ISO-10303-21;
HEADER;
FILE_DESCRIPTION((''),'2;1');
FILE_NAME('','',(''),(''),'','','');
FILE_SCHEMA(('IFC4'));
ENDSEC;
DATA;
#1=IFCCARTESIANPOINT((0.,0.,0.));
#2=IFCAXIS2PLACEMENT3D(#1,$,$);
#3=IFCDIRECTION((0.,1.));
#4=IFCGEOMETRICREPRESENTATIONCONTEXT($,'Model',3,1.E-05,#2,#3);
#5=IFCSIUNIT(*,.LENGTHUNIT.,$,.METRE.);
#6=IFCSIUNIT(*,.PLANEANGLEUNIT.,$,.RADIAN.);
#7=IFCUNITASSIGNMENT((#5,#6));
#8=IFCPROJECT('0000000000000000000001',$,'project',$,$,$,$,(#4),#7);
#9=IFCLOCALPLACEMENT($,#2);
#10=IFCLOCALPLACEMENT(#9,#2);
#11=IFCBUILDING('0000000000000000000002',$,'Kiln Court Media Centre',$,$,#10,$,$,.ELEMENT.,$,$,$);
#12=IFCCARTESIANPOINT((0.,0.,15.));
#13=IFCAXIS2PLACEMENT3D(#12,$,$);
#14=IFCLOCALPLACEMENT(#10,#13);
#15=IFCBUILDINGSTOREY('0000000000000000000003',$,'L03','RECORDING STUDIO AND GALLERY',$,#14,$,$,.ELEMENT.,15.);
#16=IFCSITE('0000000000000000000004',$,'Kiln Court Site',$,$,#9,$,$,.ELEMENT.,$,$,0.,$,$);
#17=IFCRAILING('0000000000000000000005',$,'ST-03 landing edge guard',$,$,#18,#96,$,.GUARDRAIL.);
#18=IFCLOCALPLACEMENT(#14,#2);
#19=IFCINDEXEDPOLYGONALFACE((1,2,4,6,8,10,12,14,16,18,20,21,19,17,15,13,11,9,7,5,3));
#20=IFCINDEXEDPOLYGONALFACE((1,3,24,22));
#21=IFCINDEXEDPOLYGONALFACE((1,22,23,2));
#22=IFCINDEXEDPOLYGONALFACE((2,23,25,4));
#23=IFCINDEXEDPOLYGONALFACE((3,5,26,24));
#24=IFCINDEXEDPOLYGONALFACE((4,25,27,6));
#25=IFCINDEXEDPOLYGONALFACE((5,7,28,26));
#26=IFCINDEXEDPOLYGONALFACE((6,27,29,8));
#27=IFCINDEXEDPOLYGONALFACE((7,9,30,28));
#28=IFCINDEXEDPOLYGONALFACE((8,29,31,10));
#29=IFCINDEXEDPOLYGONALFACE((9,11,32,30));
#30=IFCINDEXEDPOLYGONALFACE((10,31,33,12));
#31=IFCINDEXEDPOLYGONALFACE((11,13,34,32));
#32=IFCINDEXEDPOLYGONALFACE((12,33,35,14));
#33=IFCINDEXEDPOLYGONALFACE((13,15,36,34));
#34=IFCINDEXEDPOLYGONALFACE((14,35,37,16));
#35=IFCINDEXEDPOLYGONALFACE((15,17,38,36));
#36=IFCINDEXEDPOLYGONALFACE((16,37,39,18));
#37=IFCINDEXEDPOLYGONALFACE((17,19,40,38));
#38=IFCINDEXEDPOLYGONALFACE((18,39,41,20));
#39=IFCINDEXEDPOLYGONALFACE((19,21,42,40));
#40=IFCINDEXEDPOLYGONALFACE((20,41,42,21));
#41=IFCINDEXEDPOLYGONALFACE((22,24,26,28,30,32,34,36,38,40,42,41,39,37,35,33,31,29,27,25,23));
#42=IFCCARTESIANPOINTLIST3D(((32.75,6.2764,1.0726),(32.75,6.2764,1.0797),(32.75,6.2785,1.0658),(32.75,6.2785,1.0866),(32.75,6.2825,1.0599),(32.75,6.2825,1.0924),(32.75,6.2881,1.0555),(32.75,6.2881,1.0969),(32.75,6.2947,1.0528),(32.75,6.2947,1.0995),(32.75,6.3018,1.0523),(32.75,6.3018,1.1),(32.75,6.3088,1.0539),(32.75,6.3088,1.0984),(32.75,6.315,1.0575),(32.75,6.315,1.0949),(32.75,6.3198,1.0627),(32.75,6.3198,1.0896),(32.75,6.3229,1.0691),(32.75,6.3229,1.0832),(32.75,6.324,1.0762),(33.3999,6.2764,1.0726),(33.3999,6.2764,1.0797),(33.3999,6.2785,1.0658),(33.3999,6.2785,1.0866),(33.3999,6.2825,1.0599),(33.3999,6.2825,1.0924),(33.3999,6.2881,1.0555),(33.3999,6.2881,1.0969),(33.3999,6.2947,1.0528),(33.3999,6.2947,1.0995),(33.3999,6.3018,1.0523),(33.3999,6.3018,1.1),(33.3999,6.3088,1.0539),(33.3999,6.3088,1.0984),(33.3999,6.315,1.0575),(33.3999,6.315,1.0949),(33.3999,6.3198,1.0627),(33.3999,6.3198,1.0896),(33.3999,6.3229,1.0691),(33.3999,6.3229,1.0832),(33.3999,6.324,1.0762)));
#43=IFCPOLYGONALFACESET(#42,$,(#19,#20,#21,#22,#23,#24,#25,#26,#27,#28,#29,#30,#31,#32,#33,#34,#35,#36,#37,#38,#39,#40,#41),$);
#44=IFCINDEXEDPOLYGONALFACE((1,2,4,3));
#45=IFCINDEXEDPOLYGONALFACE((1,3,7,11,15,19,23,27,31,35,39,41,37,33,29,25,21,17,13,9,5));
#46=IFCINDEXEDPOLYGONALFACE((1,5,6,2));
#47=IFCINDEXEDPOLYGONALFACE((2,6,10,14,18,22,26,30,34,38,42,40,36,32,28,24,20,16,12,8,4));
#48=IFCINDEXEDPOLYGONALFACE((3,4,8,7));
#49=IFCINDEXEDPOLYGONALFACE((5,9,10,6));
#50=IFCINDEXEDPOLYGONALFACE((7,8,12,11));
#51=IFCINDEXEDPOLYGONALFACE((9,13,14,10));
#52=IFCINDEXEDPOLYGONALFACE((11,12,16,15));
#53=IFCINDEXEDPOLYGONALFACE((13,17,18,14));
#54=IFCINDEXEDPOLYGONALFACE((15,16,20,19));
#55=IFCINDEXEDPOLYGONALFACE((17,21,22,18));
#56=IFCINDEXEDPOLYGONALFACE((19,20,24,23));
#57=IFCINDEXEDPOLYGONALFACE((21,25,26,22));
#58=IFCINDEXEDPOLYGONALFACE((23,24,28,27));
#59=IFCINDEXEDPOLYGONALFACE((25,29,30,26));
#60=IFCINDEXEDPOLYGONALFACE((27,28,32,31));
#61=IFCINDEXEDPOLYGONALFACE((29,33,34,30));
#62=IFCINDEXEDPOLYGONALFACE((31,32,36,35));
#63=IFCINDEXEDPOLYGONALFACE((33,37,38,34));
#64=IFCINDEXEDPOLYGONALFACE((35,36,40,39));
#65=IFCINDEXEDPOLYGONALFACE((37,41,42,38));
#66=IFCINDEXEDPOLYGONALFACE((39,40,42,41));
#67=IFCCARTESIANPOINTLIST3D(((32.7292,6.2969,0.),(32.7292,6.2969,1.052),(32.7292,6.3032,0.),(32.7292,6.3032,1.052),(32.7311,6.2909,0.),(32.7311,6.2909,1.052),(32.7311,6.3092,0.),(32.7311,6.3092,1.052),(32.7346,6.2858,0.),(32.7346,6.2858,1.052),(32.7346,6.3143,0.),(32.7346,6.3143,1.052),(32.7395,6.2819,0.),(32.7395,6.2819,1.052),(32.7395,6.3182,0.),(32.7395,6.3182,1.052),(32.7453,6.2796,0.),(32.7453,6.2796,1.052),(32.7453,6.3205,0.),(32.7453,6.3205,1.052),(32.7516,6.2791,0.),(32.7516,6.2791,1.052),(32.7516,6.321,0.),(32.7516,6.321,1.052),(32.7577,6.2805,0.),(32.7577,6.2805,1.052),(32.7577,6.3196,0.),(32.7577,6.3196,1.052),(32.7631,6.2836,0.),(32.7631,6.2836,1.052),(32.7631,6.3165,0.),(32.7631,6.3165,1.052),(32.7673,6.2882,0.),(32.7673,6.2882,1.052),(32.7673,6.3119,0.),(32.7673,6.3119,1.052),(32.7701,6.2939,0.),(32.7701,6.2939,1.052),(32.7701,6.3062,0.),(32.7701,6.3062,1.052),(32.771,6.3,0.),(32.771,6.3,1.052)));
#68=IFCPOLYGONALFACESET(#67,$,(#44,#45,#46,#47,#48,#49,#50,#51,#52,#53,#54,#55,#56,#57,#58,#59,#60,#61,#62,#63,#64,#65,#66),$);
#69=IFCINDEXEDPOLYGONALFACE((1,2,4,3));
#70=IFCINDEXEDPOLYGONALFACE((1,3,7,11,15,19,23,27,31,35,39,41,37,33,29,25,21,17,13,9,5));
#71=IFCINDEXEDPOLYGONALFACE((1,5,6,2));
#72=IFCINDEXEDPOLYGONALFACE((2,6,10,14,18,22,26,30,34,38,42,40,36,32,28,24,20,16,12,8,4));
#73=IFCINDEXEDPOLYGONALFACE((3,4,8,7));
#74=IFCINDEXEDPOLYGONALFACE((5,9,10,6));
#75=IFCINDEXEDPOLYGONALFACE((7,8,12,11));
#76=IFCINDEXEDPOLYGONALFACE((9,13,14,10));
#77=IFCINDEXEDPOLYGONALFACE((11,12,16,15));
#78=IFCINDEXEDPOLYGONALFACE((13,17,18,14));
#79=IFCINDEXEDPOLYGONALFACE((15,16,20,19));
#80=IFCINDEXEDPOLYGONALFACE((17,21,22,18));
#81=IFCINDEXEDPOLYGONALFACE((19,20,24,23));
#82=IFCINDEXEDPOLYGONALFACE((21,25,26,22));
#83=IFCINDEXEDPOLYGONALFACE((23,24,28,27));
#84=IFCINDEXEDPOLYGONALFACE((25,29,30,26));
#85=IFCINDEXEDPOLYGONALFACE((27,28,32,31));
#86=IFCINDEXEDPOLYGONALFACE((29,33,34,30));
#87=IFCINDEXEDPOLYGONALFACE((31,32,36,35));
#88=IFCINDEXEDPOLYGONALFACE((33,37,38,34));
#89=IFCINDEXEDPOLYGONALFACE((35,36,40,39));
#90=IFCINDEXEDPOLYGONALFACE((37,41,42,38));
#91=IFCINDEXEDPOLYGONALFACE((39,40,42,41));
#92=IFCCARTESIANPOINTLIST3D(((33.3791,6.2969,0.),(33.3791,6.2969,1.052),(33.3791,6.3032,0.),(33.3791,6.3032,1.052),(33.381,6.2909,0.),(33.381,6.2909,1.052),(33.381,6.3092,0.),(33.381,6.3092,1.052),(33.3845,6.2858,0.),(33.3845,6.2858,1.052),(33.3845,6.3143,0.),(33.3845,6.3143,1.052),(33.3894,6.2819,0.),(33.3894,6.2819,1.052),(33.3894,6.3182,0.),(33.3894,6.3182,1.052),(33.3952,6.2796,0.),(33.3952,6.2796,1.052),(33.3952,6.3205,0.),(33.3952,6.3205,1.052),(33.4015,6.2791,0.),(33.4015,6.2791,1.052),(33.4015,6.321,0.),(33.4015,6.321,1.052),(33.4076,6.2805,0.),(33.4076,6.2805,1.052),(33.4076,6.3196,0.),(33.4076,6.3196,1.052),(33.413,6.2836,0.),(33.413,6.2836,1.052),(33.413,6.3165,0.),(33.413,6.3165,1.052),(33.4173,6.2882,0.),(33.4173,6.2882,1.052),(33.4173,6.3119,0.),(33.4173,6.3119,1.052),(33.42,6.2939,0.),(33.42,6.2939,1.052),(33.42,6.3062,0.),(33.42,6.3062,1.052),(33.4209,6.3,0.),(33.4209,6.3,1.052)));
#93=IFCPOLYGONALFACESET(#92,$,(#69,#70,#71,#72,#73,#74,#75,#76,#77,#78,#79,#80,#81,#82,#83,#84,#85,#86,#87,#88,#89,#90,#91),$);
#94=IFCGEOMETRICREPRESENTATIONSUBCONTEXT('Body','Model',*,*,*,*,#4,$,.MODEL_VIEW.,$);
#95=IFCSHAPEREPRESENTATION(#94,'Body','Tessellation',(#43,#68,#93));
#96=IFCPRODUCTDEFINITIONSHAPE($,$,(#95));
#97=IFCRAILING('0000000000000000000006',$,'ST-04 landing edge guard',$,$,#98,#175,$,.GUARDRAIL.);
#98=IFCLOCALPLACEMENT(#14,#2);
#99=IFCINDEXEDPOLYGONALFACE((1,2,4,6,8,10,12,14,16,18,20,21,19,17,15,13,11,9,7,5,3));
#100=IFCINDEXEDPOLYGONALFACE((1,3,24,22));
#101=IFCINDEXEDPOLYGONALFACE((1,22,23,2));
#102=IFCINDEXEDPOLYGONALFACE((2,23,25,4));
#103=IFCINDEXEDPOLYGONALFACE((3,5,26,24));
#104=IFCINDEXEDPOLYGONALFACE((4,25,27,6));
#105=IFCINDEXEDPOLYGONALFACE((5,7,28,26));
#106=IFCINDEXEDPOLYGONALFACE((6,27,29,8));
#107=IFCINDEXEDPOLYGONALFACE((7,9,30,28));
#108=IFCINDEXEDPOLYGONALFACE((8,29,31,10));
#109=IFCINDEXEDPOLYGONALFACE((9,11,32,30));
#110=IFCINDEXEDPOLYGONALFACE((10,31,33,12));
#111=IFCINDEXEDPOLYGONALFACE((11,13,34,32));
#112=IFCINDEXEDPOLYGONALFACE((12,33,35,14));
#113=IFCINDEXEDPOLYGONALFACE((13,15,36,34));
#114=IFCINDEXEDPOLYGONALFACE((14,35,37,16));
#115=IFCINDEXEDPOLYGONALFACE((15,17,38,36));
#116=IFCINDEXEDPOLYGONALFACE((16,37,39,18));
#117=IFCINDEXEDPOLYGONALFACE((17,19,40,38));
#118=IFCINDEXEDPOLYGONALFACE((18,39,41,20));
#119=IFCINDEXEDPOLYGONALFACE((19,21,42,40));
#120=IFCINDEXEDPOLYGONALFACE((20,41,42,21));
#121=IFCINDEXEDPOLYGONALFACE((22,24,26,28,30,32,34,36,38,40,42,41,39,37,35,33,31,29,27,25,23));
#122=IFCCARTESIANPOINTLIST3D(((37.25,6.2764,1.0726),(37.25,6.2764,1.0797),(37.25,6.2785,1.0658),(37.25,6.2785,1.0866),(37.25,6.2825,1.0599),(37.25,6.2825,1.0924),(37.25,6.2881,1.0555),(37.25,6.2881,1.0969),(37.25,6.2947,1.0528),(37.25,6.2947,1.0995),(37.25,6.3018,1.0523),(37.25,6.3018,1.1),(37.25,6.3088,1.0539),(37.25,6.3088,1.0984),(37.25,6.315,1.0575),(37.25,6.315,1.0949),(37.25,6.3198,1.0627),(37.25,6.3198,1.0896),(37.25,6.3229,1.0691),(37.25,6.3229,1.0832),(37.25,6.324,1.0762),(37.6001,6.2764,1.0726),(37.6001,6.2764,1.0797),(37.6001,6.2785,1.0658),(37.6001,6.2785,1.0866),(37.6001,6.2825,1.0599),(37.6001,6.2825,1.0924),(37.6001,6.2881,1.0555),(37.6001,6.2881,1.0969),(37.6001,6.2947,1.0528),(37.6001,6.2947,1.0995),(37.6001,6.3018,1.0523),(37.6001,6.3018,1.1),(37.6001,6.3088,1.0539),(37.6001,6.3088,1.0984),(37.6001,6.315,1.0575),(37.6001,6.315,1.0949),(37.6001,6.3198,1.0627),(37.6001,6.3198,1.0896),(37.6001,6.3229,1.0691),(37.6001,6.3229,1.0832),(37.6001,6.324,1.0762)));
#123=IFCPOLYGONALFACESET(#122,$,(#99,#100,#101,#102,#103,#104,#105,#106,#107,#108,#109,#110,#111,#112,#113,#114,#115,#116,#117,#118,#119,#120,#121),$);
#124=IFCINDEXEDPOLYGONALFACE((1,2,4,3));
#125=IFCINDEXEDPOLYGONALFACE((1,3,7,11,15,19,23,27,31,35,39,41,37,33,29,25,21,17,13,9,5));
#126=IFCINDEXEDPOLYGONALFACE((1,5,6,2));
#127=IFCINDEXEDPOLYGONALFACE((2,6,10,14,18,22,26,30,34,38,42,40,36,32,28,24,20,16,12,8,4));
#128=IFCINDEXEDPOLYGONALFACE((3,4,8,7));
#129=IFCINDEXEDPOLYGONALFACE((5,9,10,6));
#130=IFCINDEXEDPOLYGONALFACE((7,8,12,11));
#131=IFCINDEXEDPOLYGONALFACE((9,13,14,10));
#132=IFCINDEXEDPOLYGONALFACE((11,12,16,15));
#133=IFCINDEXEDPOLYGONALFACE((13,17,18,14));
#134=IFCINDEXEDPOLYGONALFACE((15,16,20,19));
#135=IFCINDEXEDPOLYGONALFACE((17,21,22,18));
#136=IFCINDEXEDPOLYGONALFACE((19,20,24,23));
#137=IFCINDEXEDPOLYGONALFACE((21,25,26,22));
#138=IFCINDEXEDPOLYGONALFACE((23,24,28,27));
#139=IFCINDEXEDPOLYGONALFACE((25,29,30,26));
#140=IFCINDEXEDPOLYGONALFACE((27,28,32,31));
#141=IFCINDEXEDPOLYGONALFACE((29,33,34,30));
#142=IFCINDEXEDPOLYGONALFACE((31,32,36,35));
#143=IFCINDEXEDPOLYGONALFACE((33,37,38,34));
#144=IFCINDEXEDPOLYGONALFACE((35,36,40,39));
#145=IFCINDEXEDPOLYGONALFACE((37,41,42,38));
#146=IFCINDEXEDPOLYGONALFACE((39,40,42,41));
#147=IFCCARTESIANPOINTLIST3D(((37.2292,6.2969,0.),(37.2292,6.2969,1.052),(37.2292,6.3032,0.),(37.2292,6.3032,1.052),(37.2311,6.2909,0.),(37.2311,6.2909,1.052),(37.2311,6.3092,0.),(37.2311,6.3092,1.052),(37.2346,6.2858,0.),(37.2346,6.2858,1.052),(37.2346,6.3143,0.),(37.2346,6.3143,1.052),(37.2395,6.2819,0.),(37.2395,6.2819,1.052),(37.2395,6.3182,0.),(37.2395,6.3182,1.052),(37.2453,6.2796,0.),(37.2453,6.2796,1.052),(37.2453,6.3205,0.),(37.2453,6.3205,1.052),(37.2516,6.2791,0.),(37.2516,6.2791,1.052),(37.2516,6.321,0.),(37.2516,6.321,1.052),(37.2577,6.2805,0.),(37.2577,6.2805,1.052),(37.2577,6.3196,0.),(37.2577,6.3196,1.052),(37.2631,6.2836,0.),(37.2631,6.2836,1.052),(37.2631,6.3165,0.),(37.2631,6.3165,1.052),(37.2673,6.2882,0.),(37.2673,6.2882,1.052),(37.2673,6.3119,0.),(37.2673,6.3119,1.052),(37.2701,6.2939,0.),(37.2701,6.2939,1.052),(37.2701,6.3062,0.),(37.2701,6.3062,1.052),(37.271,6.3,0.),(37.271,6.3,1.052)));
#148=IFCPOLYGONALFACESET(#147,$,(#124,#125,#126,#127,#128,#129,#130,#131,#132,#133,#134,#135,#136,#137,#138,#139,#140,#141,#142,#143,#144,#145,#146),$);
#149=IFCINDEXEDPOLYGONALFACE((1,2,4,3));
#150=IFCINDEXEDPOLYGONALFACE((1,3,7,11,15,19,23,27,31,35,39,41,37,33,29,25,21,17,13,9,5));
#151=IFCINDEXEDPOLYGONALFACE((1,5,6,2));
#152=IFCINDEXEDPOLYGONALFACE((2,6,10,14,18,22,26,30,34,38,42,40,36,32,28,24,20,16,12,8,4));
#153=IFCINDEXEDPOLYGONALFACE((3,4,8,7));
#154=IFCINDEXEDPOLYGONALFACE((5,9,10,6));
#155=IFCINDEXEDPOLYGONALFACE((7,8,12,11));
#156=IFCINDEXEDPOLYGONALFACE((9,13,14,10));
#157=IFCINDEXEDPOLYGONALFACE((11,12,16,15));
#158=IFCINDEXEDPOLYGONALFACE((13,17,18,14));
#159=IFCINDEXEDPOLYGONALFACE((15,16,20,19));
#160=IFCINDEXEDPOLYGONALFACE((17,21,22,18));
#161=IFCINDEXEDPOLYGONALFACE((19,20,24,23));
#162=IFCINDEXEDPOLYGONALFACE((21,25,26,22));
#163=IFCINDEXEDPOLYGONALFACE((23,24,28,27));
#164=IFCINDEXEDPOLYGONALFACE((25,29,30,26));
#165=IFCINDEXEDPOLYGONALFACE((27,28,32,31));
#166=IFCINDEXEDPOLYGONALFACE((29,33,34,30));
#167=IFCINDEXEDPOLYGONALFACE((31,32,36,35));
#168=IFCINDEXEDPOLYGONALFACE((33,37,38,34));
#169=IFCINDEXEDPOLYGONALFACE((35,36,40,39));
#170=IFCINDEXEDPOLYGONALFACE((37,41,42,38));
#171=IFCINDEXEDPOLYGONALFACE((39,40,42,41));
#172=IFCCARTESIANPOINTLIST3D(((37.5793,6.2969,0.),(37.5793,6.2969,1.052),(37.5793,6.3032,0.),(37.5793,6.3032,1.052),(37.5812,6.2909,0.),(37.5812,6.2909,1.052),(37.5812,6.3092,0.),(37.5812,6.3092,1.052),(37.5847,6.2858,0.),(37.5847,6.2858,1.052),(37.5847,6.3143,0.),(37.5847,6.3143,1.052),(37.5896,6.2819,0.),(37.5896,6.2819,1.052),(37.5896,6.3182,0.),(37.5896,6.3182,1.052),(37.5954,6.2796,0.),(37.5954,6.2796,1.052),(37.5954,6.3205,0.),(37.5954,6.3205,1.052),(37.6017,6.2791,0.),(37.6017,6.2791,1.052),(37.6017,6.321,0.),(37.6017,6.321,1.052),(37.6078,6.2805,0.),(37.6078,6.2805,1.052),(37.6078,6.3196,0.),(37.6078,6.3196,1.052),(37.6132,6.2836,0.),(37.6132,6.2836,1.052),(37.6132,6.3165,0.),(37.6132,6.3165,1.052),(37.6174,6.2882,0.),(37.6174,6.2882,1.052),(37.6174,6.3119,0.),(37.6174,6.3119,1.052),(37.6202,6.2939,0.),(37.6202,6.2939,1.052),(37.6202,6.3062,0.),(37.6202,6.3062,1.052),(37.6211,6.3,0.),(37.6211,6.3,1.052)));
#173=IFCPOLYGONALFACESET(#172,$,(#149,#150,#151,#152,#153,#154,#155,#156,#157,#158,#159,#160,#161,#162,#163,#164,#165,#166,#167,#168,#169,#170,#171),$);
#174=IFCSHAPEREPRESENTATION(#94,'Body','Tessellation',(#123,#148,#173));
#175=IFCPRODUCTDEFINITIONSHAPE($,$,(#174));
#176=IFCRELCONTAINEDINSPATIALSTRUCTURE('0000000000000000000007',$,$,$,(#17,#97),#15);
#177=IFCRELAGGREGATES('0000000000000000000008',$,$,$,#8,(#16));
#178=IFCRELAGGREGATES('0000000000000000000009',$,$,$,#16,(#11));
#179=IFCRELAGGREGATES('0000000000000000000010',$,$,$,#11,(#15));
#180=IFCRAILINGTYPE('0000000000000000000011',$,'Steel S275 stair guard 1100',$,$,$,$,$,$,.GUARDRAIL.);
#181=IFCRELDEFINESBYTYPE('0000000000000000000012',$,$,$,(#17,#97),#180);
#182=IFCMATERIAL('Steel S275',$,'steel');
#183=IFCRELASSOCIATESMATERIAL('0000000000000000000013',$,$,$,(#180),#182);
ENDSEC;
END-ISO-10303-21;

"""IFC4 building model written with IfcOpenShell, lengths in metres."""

from ifc_helpers import new_model, si_unit, direction, frame, origin, origin_2d, place, context, subcontext, project, spatial, circle, extrude, material, type_object, element, save


model = new_model("IFC4")

# Units and contexts
model_context = context("Model", 3, precision=1e-05, world=origin(), true_north=direction((0.0, 1.0)))
body_context = subcontext(model_context, "Body", "Model", "MODEL_VIEW")
ifc_project = project(units=[si_unit("LENGTHUNIT", "METRE"), si_unit("PLANEANGLEUNIT", "RADIAN")], contexts=[model_context])

# Site, building, storey
site_placement = place(None, origin())
site = spatial("IfcSite", under=ifc_project, at=site_placement, Name="Kiln Court Site", CompositionType="ELEMENT", RefElevation=0.0)
building_placement = place(site_placement, origin())
building = spatial("IfcBuilding", under=site, at=building_placement, Name="Kiln Court Media Centre", CompositionType="ELEMENT")
storey_placement = place(building_placement, frame((0.0, 0.0, 15.0)))
storey = spatial("IfcBuildingStorey", under=building, at=storey_placement, Name="L03", Description="RECORDING STUDIO AND GALLERY", CompositionType="ELEMENT", Elevation=15.0)

# Railings
ifc_material_1 = material(Name="Steel S275", Category="steel")
railing_type_1 = type_object("IfcRailingType", Name="Steel S275 stair guard 1100", PredefinedType="GUARDRAIL", material=ifc_material_1)
for number, where, name in (
    (1, (32.75, 6.3, 0.0), "ST-03 landing edge guard"),
):
    element("IfcRailing", number, at=place(storey_placement, frame(where)), inside=storey, type_object=railing_type_1, Name=name, PredefinedType="GUARDRAIL", context=body_context, shape_type="SweptSolid", body=[
        extrude(circle(Radius=0.0239, at=origin_2d()), frame((0.0, 0.0, 1.0762), z_axis=(1.0, 0.0, 0.0), x_axis=(0.0, 1.0, 0.0)), (0.0, 0.0, 1.0), 0.6499),
        extrude(circle(Radius=0.021, at=origin_2d()), origin(), (0.0, 0.0, 1.0), 1.052),
        extrude(circle(Radius=0.021, at=origin_2d()), frame((0.6499, 0.0, 0.0)), (0.0, 0.0, 1.0), 1.052),
    ])
railing_1_placement = place(storey_placement, frame((37.25, 6.3, 0.0)))
element("IfcRailing", 2, at=railing_1_placement, inside=storey, type_object=railing_type_1, Name="ST-04 landing edge guard", PredefinedType="GUARDRAIL", context=body_context, shape_type="SweptSolid", body=[
    extrude(circle(Radius=0.0239, at=origin_2d()), frame((0.0, 0.0, 1.0762), z_axis=(1.0, 0.0, 0.0), x_axis=(0.0, 1.0, 0.0)), (0.0, 0.0, 1.0), 0.3501),
    extrude(circle(Radius=0.021, at=origin_2d()), origin(), (0.0, 0.0, 1.0), 1.052),
    extrude(circle(Radius=0.021, at=origin_2d()), frame((0.3501, 0.0, 0.0)), (0.0, 0.0, 1.0), 1.052),
])

save(model, "model.ifc")
